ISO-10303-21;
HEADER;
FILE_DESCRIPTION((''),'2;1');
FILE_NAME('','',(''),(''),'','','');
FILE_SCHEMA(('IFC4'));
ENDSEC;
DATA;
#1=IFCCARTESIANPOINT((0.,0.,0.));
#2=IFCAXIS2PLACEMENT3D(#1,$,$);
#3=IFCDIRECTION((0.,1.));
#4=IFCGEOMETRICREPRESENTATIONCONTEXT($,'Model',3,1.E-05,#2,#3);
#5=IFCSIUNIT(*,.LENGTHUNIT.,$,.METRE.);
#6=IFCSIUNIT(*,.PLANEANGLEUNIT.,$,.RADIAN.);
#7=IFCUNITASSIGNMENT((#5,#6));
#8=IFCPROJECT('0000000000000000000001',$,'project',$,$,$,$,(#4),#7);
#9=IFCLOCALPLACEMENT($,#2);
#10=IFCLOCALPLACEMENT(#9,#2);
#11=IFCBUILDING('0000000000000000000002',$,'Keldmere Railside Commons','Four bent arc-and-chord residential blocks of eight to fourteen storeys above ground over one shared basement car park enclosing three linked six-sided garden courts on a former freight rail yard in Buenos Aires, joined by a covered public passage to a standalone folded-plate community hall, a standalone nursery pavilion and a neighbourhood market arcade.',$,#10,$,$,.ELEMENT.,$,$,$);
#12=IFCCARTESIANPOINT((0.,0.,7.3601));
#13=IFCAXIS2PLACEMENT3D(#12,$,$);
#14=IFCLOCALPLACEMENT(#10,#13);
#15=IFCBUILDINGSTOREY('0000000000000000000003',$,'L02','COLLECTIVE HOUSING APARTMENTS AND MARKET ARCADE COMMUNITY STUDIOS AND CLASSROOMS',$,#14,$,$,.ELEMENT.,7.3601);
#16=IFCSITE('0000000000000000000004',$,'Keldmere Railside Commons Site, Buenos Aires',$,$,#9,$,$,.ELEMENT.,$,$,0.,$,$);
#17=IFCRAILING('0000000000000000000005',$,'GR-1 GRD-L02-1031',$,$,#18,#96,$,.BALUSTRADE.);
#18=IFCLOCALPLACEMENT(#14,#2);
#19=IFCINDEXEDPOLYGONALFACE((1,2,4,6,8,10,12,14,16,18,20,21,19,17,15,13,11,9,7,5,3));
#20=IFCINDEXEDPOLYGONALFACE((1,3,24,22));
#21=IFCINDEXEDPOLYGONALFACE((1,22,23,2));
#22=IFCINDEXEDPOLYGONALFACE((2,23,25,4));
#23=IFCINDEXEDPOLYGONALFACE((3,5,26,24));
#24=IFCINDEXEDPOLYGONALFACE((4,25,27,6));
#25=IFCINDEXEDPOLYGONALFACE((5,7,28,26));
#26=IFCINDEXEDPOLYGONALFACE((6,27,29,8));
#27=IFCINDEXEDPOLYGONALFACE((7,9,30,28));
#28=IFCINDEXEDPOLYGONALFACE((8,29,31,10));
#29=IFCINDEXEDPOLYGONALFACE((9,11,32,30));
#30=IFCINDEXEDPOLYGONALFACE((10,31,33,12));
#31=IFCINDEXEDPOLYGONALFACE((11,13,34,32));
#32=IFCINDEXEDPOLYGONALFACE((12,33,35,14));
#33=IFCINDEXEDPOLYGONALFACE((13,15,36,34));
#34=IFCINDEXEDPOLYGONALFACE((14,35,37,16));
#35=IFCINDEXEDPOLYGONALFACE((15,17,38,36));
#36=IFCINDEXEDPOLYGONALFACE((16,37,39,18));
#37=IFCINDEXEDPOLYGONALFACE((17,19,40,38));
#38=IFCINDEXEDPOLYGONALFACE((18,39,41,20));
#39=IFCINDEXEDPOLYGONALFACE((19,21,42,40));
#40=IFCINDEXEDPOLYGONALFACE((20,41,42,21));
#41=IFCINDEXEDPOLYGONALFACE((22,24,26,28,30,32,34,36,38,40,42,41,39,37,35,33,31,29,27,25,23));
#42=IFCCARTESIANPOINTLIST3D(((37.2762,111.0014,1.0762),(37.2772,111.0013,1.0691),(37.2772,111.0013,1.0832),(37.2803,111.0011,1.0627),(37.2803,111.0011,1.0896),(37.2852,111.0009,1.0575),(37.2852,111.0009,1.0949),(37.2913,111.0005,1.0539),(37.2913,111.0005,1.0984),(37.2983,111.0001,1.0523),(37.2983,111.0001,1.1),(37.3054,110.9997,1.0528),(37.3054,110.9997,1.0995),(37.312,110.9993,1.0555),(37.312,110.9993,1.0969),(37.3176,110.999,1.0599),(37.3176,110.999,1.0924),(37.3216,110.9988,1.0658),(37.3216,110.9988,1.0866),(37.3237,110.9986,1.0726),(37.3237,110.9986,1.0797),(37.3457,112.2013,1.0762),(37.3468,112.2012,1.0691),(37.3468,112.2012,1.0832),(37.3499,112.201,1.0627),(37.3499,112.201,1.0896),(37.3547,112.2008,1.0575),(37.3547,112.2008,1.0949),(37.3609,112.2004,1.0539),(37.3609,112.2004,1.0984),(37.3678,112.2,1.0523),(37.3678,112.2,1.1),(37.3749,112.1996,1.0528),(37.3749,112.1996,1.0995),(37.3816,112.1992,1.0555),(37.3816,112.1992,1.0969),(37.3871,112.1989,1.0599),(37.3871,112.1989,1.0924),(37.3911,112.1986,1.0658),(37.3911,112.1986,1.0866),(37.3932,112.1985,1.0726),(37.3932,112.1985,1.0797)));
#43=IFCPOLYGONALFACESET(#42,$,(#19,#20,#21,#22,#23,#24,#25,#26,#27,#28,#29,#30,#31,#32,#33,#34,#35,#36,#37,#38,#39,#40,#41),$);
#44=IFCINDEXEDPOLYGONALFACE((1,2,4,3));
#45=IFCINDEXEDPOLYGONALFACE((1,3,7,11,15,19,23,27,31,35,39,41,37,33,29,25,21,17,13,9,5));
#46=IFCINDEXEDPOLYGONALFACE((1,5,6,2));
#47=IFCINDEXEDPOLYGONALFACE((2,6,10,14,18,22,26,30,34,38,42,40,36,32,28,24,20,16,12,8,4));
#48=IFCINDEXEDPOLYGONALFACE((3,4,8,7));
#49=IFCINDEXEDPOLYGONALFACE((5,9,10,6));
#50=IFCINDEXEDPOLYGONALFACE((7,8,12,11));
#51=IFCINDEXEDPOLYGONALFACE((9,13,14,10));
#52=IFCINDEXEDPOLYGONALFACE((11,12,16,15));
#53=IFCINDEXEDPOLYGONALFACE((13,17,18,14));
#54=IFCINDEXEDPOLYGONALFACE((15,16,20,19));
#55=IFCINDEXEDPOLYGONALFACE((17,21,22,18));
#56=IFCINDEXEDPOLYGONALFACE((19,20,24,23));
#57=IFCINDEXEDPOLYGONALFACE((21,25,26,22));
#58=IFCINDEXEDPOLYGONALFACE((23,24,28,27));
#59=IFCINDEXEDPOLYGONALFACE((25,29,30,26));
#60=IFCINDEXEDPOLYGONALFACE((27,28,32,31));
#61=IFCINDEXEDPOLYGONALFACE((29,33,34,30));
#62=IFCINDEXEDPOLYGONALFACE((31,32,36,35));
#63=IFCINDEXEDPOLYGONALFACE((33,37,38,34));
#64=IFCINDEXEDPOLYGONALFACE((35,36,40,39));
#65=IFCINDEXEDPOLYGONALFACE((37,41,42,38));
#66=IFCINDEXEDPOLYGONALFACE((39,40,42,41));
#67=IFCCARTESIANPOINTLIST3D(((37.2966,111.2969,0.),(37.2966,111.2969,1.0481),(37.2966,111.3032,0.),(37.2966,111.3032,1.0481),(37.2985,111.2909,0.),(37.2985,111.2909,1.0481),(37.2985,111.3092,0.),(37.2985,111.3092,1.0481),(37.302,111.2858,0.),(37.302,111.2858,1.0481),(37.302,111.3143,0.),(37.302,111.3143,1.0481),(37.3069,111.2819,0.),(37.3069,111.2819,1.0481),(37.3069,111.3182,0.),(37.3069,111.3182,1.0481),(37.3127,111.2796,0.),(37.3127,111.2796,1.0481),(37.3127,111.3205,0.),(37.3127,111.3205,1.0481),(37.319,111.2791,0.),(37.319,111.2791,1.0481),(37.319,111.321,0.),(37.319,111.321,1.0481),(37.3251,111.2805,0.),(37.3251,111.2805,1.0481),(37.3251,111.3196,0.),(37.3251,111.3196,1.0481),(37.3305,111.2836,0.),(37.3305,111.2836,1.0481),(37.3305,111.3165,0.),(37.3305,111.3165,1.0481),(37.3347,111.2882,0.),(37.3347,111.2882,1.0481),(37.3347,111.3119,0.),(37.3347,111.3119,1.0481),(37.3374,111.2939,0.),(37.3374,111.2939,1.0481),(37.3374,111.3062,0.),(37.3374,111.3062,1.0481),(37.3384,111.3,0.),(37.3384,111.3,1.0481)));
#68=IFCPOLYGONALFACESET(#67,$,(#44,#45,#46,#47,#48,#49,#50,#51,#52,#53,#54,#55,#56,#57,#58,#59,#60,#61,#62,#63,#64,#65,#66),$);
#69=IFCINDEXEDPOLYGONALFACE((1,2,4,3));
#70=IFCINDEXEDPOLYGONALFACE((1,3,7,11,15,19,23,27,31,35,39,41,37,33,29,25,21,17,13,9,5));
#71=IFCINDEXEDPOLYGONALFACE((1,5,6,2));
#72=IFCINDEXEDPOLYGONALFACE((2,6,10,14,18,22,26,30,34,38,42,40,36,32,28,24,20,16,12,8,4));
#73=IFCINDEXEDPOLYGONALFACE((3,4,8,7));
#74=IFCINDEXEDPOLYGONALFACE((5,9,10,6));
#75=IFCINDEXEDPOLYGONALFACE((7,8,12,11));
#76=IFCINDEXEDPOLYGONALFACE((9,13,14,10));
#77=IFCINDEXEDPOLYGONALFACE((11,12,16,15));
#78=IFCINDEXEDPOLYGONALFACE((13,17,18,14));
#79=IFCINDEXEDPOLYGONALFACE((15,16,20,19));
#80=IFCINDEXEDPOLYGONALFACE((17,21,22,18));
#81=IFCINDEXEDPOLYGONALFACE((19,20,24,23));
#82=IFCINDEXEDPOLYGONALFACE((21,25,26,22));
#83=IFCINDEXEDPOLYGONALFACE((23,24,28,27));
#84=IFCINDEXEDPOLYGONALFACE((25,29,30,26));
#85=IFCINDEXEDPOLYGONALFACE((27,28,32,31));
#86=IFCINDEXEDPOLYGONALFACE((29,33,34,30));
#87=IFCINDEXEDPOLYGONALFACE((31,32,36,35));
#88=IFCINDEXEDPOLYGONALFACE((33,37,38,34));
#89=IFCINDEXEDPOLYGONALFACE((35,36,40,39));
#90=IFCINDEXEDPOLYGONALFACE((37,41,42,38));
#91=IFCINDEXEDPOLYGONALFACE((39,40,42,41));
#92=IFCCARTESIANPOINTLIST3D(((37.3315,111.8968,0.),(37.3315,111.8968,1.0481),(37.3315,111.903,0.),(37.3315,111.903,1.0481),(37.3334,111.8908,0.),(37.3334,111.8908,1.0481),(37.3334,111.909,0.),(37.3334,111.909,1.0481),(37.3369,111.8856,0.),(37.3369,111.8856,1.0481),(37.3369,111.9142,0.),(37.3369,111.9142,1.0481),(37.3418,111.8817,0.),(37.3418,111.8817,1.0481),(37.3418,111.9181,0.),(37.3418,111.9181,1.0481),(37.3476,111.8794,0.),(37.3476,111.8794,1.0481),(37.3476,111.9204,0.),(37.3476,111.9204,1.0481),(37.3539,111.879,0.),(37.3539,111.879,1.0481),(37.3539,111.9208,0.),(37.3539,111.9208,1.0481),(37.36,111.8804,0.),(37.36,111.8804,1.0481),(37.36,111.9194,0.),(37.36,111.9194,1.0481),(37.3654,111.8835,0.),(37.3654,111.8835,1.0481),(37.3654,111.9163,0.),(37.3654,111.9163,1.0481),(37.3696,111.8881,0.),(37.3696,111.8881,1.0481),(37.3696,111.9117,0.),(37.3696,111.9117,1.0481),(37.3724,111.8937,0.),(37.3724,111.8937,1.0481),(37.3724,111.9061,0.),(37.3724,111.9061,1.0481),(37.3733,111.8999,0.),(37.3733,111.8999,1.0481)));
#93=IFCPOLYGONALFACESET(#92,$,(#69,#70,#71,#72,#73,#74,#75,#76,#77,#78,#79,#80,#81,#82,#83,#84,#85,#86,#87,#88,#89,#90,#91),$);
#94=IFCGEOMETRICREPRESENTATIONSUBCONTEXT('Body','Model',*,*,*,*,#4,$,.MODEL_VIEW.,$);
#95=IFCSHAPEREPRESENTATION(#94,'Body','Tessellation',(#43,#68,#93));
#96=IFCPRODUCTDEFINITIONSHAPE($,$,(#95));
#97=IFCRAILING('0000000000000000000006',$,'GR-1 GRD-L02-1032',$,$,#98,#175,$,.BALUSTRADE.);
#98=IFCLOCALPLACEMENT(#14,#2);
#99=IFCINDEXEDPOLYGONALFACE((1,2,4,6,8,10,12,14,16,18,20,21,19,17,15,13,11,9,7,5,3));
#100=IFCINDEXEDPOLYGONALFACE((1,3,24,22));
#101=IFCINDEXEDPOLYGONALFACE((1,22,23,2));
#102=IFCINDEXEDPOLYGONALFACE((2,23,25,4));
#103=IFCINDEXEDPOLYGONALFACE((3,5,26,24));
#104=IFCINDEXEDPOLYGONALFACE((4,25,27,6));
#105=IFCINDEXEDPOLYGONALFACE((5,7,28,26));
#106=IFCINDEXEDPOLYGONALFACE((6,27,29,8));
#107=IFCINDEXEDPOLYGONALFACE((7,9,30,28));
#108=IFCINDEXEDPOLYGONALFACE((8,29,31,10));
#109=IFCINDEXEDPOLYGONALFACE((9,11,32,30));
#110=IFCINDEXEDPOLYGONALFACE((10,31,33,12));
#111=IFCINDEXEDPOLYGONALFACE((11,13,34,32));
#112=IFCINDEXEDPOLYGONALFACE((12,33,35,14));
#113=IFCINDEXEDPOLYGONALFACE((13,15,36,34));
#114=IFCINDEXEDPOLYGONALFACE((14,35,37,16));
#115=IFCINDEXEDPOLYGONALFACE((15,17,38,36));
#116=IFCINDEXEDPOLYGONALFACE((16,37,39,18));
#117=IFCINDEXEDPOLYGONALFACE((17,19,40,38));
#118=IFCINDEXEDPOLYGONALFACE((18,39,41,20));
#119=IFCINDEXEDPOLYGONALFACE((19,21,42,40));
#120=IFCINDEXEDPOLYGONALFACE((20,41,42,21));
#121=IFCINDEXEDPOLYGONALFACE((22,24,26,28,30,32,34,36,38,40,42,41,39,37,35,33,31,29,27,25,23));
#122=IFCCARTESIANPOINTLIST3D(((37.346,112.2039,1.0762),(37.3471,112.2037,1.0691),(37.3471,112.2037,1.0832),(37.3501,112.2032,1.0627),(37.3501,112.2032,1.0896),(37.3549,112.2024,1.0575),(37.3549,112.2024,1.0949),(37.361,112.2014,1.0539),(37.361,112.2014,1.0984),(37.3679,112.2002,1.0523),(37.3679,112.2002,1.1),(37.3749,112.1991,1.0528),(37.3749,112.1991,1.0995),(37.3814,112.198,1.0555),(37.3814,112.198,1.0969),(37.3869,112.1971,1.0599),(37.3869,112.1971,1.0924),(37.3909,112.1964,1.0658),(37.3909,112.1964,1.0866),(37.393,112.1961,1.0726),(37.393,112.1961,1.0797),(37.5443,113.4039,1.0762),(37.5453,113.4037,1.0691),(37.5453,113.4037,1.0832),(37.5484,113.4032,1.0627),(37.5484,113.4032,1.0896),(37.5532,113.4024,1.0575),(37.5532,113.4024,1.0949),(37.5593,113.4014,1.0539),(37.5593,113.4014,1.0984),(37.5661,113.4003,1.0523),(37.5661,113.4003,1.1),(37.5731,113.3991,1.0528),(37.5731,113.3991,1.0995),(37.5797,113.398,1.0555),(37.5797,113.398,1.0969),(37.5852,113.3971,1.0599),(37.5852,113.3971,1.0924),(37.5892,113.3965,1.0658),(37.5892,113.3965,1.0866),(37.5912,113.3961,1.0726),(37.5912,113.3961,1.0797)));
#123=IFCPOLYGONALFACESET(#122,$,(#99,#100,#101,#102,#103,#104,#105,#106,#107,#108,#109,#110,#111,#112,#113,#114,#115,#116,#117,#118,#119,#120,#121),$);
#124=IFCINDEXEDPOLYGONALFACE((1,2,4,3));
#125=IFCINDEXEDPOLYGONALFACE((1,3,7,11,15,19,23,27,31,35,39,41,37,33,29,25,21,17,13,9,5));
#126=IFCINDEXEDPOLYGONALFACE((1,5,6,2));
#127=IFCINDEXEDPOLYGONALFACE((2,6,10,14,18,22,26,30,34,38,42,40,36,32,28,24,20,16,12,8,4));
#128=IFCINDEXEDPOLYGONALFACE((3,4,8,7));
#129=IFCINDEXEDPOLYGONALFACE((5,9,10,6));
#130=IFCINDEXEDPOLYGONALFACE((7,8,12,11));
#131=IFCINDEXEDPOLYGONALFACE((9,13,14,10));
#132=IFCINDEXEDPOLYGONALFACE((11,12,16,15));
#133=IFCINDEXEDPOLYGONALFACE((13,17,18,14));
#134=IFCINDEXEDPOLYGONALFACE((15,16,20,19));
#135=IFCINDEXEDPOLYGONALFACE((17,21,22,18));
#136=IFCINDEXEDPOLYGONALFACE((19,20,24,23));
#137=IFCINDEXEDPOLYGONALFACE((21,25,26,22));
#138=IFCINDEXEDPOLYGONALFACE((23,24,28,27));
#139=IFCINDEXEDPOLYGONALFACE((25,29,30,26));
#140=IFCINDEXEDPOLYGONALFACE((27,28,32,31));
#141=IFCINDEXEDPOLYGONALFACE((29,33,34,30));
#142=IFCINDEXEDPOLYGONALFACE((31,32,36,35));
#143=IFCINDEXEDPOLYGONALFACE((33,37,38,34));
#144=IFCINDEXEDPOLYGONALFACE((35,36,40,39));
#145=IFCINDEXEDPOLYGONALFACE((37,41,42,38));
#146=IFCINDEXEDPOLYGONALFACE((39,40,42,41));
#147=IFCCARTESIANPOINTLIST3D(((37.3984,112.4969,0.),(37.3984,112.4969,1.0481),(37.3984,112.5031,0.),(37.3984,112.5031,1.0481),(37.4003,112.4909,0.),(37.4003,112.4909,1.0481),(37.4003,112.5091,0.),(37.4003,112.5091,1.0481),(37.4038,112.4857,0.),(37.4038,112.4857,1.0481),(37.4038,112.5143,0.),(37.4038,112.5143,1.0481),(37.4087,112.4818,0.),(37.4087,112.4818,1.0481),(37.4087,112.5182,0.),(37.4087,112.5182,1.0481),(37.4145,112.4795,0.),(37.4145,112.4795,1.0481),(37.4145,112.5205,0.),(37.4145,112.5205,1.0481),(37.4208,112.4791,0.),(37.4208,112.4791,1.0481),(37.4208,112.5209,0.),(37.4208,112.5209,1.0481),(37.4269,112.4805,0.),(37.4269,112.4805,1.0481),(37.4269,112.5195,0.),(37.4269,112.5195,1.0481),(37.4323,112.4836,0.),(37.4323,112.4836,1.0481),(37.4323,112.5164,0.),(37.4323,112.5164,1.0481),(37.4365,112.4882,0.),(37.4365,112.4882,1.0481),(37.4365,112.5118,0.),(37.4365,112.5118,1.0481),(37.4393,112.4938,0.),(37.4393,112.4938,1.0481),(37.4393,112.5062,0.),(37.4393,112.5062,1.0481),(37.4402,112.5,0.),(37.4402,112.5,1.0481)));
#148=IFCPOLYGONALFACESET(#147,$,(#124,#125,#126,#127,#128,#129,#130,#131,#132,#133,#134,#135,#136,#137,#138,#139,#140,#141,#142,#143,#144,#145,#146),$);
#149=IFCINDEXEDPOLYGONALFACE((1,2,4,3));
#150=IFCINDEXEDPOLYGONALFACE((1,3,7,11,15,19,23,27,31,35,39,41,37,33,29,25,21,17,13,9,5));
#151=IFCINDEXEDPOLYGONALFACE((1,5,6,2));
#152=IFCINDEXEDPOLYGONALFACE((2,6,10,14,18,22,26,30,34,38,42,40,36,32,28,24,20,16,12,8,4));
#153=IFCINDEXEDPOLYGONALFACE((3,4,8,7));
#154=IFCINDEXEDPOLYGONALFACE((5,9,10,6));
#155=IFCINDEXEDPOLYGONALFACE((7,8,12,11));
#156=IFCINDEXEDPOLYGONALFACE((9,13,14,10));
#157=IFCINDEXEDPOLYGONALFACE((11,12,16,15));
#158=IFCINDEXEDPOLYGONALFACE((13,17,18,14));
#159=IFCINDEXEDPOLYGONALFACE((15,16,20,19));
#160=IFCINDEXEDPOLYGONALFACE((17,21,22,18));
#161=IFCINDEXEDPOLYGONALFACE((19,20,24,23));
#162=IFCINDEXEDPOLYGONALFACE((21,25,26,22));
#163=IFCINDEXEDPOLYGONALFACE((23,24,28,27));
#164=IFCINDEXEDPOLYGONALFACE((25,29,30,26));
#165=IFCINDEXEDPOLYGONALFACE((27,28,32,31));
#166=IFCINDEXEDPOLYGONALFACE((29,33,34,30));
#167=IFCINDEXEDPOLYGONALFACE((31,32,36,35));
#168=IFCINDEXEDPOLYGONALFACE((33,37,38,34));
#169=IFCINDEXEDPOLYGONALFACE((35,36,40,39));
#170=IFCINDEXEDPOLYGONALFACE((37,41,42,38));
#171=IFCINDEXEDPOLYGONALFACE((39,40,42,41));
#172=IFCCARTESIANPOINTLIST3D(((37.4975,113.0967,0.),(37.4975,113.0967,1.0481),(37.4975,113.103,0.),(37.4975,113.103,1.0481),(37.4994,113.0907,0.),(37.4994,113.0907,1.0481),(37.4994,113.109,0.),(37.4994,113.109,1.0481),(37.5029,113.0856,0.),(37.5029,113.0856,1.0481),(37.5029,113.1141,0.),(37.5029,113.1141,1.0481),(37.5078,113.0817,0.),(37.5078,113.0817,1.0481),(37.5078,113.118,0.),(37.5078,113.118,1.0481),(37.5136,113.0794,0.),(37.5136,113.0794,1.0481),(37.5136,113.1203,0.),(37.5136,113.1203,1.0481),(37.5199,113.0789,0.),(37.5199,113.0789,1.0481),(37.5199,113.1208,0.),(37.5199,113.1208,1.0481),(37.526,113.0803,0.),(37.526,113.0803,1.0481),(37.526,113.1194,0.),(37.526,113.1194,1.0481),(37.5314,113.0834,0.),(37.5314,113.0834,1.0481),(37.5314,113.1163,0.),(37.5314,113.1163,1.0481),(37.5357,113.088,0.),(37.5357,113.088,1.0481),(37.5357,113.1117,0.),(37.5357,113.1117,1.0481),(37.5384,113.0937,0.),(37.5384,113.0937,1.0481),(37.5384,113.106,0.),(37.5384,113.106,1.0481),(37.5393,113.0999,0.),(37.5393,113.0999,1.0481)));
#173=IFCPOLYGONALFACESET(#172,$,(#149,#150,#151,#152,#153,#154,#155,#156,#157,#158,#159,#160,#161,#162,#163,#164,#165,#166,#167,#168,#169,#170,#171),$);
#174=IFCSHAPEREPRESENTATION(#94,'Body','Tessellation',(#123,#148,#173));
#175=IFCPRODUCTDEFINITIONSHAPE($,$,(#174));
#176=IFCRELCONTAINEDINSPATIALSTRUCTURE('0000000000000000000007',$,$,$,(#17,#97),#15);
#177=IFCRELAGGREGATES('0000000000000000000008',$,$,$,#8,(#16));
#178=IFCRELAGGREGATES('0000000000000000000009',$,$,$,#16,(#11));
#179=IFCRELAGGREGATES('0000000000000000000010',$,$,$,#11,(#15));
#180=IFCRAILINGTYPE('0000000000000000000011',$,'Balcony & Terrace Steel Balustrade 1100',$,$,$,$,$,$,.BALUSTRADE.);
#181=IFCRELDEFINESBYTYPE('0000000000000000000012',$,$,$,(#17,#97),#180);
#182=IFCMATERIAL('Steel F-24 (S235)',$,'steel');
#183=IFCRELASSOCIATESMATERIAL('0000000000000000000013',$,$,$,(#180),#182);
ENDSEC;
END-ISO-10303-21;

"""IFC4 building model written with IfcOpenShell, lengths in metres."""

from ifc_helpers import new_model, si_unit, direction, frame, origin, origin_2d, place, context, subcontext, project, spatial, circle, extrude, material, type_object, element, save


model = new_model("IFC4")

# Units and contexts
model_context = context("Model", 3, precision=1e-05, world=origin(), true_north=direction((0.0, 1.0)))
body_context = subcontext(model_context, "Body", "Model", "MODEL_VIEW")
ifc_project = project(units=[si_unit("LENGTHUNIT", "METRE"), si_unit("PLANEANGLEUNIT", "RADIAN")], contexts=[model_context])

# Site, building, storey
site_placement = place(None, origin())
site = spatial("IfcSite", under=ifc_project, at=site_placement, Name="Keldmere Railside Commons Site, Buenos Aires", CompositionType="ELEMENT", RefElevation=0.0)
building_placement = place(site_placement, origin())
building = spatial("IfcBuilding", under=site, at=building_placement, Name="Keldmere Railside Commons", Description="Four bent arc-and-chord residential blocks of eight to fourteen storeys above ground over one shared basement car park enclosing three linked six-sided garden courts on a former freight rail yard in Buenos Aires, joined by a covered public passage to a standalone folded-plate community hall, a standalone nursery pavilion and a neighbourhood market arcade.", CompositionType="ELEMENT")
storey_placement = place(building_placement, frame((0.0, 0.0, 7.3601)))
storey = spatial("IfcBuildingStorey", under=building, at=storey_placement, Name="L02", Description="COLLECTIVE HOUSING APARTMENTS AND MARKET ARCADE COMMUNITY STUDIOS AND CLASSROOMS", CompositionType="ELEMENT", Elevation=7.3601)

# Railings
ifc_material_1 = material(Name="Steel F-24 (S235)", Category="steel")
railing_type = type_object("IfcRailingType", Name="Balcony & Terrace Steel Balustrade 1100", PredefinedType="BALUSTRADE", material=ifc_material_1)
railing_1_placement = place(storey_placement, frame((37.3, 111.0, 0.0)))
element("IfcRailing", 1, at=railing_1_placement, inside=storey, type_object=railing_type, Name="GR-1 GRD-L02-1031", PredefinedType="BALUSTRADE", context=body_context, shape_type="SweptSolid", body=[
    extrude(circle(Radius=0.0239, at=origin_2d()), frame((0.0, 0.0, 1.0762), z_axis=(0.057889, 0.998323, 0.0), x_axis=(-0.998323, 0.057889, 0.0)), (0.0, 0.0, 1.0), 1.2019),
    extrude(circle(Radius=0.021, at=origin_2d()), frame((0.0173, 0.3, 0.0)), (0.0, 0.0, 1.0), 1.0481),
    extrude(circle(Radius=0.021, at=origin_2d()), frame((0.0522, 0.8999, 0.0)), (0.0, 0.0, 1.0), 1.0481),
])
railing_2_placement = place(storey_placement, frame((37.3696, 112.2, 0.0)))
element("IfcRailing", 2, at=railing_2_placement, inside=storey, type_object=railing_type, Name="GR-1 GRD-L02-1032", PredefinedType="BALUSTRADE", context=body_context, shape_type="SweptSolid", body=[
    extrude(circle(Radius=0.0239, at=origin_2d()), frame((0.0, 0.0, 1.0762), z_axis=(0.162999, 0.986626, 0.0), x_axis=(-0.986626, 0.162999, 0.0)), (0.0, 0.0, 1.0), 1.2163),
    extrude(circle(Radius=0.021, at=origin_2d()), frame((0.0496, 0.3, 0.0)), (0.0, 0.0, 1.0), 1.0481),
    extrude(circle(Radius=0.021, at=origin_2d()), frame((0.1487, 0.8999, 0.0)), (0.0, 0.0, 1.0), 1.0481),
])

save(model, "model.ifc")
